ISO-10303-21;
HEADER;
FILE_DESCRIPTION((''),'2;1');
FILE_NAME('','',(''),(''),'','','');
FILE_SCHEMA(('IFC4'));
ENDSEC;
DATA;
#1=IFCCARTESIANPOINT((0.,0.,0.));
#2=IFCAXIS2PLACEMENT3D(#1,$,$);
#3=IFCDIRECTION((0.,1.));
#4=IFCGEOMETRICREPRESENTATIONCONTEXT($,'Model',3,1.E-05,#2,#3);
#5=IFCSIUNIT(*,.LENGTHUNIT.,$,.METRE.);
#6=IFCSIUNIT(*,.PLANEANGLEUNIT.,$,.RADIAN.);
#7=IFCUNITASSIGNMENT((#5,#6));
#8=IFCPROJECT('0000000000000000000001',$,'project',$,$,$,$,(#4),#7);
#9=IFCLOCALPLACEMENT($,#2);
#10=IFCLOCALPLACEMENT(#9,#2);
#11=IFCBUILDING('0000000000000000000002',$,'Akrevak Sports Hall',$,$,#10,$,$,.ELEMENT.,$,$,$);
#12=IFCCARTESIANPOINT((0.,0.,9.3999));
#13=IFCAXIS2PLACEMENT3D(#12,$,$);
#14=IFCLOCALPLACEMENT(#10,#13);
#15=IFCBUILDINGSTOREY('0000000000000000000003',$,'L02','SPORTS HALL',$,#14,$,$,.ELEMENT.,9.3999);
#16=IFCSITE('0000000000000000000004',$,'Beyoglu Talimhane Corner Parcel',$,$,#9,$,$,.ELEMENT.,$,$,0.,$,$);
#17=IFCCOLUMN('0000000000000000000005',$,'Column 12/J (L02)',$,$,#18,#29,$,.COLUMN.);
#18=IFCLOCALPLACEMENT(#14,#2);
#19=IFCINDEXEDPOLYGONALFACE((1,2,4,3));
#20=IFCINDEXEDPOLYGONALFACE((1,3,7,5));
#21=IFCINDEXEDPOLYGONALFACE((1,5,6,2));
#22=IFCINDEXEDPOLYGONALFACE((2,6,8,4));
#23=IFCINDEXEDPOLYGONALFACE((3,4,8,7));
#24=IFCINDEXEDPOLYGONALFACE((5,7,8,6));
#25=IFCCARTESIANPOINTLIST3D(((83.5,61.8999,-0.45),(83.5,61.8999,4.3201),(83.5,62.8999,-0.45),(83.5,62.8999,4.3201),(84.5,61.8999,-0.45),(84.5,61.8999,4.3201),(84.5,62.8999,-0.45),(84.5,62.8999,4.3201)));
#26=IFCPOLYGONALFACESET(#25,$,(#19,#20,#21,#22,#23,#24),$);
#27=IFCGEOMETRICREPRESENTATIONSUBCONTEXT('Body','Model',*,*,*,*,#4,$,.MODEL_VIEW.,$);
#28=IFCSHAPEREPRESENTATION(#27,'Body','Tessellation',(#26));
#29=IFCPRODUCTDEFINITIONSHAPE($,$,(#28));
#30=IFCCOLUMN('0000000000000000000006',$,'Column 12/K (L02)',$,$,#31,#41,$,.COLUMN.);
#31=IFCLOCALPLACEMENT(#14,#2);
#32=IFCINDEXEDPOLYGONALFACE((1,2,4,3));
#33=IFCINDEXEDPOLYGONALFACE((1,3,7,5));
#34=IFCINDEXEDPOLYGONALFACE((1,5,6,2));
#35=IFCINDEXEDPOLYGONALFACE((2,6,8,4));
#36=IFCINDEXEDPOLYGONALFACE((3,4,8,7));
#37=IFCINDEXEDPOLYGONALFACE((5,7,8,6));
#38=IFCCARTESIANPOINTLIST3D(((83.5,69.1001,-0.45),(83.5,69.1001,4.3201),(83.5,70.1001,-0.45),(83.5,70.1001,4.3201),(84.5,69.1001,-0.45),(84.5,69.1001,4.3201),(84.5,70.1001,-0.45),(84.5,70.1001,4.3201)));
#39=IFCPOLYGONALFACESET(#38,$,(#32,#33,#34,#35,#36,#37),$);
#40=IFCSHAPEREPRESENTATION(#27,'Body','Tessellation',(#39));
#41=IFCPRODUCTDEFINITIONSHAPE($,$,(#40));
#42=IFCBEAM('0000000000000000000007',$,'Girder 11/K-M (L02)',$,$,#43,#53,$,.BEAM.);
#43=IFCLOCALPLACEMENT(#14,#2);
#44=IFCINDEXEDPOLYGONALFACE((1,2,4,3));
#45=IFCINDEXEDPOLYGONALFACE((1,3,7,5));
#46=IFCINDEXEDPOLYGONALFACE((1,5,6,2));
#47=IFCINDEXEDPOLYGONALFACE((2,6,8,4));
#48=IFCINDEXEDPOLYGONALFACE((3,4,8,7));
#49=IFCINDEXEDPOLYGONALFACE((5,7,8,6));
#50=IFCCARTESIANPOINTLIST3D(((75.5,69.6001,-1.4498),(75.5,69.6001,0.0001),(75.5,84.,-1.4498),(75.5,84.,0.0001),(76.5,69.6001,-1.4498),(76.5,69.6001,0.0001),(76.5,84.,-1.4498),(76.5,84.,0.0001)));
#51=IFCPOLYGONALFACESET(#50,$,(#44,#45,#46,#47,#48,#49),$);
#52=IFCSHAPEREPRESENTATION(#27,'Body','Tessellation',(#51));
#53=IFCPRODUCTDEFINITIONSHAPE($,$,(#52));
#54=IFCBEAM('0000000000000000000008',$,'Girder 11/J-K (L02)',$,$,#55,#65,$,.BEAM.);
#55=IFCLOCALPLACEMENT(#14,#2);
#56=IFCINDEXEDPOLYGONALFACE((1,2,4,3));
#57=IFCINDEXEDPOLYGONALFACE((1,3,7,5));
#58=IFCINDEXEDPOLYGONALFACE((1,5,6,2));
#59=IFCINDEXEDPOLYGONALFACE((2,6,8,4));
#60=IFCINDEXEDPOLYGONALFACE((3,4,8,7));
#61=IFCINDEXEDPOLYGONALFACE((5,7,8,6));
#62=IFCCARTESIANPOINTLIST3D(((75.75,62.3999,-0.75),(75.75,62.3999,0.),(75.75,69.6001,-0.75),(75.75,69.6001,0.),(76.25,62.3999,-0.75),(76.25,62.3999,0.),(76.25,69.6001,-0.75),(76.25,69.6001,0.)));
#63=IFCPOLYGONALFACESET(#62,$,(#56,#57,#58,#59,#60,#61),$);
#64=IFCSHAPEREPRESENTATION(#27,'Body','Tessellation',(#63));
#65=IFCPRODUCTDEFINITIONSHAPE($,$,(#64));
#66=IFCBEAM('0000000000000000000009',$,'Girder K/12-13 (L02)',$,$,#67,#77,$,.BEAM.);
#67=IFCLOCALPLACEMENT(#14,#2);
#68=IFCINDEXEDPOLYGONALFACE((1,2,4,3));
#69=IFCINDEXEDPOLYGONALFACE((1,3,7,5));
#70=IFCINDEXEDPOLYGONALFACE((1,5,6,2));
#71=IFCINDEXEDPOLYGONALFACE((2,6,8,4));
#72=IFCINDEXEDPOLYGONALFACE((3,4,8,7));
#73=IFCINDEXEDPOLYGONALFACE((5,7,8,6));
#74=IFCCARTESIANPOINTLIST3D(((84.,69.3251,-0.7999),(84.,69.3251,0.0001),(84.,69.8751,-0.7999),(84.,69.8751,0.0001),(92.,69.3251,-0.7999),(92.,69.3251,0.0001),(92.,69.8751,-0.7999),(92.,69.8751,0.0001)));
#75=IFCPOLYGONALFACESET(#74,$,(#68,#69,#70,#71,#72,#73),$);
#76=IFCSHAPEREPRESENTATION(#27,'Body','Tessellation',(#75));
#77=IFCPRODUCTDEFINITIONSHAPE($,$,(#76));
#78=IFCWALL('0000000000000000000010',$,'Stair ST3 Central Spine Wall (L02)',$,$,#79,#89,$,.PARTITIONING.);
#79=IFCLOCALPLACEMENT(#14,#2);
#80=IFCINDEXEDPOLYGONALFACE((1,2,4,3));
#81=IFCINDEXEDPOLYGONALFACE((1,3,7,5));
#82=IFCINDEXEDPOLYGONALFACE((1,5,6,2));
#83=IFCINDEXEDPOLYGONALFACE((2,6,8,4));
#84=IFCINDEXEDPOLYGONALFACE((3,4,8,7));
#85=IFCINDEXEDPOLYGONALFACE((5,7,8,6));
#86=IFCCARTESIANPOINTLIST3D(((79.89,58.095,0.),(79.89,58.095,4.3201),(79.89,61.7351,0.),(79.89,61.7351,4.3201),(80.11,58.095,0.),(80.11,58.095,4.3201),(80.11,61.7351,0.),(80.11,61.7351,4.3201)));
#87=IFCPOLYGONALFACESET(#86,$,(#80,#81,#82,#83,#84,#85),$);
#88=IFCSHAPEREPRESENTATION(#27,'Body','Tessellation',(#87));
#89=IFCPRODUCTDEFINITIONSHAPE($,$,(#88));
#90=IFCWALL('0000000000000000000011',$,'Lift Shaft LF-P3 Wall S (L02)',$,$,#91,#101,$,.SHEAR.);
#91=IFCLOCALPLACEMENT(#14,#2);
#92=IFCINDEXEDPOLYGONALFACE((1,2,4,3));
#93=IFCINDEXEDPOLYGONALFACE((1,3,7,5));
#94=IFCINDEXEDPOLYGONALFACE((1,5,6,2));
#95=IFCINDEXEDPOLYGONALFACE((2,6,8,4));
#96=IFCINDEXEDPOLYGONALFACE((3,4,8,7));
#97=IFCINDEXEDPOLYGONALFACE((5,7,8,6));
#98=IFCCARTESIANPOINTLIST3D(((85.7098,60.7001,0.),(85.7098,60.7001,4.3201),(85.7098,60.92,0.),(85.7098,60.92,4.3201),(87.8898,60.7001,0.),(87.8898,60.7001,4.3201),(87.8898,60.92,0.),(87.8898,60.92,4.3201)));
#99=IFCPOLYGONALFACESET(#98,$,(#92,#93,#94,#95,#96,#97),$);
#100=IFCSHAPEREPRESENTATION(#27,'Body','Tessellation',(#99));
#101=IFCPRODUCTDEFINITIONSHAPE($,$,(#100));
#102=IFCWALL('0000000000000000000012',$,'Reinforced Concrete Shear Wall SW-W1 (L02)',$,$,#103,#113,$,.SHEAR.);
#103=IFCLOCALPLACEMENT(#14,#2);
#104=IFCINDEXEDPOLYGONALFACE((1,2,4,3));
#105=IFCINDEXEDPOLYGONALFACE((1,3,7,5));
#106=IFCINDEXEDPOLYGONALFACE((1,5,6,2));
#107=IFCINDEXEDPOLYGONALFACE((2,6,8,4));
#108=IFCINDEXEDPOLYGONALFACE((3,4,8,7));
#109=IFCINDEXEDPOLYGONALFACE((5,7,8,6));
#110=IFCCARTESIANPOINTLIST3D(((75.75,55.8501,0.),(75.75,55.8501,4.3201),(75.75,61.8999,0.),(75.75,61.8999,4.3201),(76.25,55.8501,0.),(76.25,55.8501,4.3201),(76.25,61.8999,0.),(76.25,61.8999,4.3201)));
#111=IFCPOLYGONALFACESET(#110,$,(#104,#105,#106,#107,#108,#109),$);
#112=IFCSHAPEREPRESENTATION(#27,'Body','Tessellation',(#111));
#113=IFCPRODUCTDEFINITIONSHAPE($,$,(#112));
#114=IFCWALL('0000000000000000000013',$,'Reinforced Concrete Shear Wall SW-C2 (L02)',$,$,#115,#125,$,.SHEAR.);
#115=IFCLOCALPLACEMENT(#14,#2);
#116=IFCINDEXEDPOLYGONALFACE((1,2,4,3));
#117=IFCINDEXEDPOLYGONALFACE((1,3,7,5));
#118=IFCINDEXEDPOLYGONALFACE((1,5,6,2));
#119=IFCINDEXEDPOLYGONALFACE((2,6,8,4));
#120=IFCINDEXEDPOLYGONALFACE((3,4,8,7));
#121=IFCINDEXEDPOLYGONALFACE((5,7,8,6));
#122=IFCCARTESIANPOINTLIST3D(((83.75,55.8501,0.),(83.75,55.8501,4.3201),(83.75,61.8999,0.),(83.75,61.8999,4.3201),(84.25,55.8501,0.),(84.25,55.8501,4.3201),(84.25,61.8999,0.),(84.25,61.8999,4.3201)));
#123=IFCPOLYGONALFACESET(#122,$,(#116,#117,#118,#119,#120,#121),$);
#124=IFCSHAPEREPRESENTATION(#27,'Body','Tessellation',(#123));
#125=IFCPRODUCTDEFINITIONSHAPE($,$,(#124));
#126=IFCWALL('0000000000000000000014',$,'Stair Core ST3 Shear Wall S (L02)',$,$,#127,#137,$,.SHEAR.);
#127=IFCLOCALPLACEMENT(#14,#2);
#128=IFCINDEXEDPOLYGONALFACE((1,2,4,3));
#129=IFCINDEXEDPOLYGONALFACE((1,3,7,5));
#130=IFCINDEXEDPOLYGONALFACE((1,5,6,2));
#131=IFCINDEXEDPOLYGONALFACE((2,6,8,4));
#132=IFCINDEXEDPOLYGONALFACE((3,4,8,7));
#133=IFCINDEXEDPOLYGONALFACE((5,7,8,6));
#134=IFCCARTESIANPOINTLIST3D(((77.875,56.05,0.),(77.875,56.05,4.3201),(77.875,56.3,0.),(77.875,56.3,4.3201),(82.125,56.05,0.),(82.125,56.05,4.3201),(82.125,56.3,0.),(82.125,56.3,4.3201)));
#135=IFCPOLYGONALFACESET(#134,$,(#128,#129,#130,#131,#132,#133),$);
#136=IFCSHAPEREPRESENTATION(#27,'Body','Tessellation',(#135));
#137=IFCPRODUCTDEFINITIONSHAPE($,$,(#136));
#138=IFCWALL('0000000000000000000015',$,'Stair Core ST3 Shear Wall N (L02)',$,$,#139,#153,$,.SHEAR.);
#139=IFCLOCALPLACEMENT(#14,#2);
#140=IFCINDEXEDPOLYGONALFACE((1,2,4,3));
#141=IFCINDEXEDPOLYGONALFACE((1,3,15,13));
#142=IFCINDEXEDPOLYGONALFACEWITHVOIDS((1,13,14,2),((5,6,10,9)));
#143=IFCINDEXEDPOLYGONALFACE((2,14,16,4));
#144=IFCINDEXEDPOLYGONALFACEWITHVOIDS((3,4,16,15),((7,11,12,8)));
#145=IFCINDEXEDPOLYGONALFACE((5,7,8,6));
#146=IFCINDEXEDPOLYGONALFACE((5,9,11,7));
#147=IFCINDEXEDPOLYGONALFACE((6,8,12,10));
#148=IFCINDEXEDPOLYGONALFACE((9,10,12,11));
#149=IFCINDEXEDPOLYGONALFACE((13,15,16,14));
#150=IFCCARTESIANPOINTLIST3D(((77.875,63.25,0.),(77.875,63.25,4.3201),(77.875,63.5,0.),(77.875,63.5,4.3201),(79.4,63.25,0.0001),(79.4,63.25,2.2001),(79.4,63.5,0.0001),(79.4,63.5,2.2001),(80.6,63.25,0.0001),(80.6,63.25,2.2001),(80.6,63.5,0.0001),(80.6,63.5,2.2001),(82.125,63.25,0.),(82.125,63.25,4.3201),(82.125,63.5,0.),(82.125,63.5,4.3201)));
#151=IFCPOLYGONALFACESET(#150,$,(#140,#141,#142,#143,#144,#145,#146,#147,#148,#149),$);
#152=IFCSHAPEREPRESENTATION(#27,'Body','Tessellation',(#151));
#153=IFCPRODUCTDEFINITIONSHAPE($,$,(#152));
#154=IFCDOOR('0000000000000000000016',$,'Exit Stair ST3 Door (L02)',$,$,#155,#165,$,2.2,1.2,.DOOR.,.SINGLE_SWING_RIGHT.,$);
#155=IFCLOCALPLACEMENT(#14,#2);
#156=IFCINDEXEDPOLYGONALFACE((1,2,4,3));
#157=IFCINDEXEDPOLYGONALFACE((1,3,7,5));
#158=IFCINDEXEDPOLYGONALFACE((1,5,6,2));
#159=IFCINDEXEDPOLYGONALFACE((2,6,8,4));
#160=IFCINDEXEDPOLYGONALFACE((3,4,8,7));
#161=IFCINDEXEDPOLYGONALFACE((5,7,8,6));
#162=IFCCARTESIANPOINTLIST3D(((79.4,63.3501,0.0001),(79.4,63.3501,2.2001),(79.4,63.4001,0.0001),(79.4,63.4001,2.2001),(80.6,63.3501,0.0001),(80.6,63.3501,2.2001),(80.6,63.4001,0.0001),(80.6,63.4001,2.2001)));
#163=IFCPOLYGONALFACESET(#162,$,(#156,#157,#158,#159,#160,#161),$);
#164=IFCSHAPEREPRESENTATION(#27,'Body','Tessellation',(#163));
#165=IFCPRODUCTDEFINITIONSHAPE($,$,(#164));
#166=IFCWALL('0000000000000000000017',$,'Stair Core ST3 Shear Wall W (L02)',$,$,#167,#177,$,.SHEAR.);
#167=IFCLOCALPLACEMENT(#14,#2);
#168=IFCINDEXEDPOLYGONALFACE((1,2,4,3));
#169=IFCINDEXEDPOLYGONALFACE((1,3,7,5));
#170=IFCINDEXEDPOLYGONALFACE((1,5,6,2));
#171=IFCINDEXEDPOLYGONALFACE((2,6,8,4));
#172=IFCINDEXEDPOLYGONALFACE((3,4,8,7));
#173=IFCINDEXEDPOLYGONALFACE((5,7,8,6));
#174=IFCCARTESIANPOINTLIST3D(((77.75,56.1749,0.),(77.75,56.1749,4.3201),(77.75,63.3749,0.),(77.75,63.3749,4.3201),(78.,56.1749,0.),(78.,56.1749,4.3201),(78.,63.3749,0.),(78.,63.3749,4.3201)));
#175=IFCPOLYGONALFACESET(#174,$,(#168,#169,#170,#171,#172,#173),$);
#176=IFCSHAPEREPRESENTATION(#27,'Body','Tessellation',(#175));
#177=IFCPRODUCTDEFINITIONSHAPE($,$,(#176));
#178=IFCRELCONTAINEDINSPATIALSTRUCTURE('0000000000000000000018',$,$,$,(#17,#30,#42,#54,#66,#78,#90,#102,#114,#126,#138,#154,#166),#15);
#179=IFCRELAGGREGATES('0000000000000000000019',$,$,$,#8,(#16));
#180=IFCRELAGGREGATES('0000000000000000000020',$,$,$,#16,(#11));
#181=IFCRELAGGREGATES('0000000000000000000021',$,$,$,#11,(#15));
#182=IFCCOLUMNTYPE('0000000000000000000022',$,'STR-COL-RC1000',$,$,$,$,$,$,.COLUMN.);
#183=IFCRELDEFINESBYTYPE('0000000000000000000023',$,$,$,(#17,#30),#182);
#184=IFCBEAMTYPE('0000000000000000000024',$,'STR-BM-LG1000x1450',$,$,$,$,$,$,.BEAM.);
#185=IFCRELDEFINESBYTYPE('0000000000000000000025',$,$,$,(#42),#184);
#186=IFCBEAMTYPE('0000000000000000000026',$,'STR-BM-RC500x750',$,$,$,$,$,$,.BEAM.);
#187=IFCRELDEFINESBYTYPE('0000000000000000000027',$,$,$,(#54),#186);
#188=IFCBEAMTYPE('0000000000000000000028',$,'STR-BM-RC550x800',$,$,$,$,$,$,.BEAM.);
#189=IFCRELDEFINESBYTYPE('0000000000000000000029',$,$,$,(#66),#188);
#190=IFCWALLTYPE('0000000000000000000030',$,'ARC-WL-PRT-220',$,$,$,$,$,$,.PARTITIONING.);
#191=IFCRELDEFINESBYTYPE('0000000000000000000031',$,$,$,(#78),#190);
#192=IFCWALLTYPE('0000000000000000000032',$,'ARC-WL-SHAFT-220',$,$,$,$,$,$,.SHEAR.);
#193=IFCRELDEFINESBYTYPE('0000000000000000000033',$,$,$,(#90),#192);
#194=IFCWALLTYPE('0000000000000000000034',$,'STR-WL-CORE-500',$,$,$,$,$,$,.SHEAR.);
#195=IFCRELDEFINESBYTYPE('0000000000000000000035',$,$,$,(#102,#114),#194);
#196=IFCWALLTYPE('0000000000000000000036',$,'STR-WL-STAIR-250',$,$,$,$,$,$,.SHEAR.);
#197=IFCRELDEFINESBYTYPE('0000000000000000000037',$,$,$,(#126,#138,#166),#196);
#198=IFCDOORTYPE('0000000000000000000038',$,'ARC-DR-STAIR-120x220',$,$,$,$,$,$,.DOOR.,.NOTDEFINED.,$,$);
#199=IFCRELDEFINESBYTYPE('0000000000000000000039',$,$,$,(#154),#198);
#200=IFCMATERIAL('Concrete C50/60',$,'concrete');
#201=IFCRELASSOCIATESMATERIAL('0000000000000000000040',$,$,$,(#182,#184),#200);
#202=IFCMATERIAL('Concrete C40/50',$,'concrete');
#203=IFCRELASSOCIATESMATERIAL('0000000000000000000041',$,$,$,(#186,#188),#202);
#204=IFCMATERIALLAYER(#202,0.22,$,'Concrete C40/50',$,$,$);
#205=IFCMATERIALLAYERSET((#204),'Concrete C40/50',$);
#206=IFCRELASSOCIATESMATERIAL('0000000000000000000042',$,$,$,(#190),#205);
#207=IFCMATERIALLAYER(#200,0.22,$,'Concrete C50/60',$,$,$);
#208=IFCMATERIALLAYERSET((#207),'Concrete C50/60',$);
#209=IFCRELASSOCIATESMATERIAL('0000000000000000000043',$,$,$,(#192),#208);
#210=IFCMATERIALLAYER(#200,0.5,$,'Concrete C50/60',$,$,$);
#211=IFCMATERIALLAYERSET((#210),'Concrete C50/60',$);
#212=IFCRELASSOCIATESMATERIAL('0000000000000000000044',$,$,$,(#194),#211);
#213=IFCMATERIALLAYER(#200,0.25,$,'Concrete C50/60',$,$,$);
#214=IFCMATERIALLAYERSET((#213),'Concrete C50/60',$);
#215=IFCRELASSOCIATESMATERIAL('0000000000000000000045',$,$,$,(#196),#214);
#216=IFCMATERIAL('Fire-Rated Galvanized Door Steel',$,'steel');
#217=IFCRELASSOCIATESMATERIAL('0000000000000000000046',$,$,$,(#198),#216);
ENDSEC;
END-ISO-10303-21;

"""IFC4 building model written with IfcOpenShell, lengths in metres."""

from ifc_helpers import new_model, si_unit, direction, frame, frame_2d, origin, origin_2d, place, context, subcontext, project, spatial, rectangle, extrude, material, layer, layer_set, material_profile, profile_set, type_object, element, fill, save


model = new_model("IFC4")

# Units and contexts
model_context = context("Model", 3, precision=1e-05, world=origin(), true_north=direction((0.0, 1.0)))
body_context = subcontext(model_context, "Body", "Model", "MODEL_VIEW")
ifc_project = project(units=[si_unit("LENGTHUNIT", "METRE"), si_unit("PLANEANGLEUNIT", "RADIAN")], contexts=[model_context])

# Site, building, storey
site_placement = place(None, origin())
site = spatial("IfcSite", under=ifc_project, at=site_placement, Name="Beyoglu Talimhane Corner Parcel", CompositionType="ELEMENT", RefElevation=0.0)
building_placement = place(site_placement, origin())
building = spatial("IfcBuilding", under=site, at=building_placement, Name="Akrevak Sports Hall", CompositionType="ELEMENT")
storey_placement = place(building_placement, frame((0.0, 0.0, 9.3999)))
storey = spatial("IfcBuildingStorey", under=building, at=storey_placement, Name="L02", Description="SPORTS HALL", CompositionType="ELEMENT", Elevation=9.3999)

# Columns
ifc_material_1 = material(Name="Concrete C50/60", Category="concrete")
ifc_material_profile_1 = material_profile(ifc_material_1, rectangle(XDim=1.0, YDim=1.0, at=origin_2d()), Name="RC 1000x1000", Category="concrete")
ifc_profile_set_1 = profile_set([ifc_material_profile_1], Name="Concrete C50/60")
column_type = type_object("IfcColumnType", Name="STR-COL-RC1000", PredefinedType="COLUMN", material=ifc_profile_set_1)
for number, where, z_axis, x_axis, name in (
    (1, (84.0, 62.3999, -0.45), (0.0, 0.0, 1.0), (1.0, 0.0, 0.0), "Column 12/J (L02)"),
    (2, (84.0, 69.6001, -0.45), (0.0, 0.0, 1.0), (1.0, 0.0, 0.0), "Column 12/K (L02)"),
):
    element("IfcColumn", number, at=place(storey_placement, frame(where, z_axis=z_axis, x_axis=x_axis)), inside=storey, type_object=column_type, Name=name, PredefinedType="COLUMN", context=body_context, shape_type="SweptSolid", body=[
        extrude(rectangle(XDim=1.0, YDim=1.0, at=origin_2d()), origin(), (0.0, 0.0, 1.0), 4.77),
    ])

# Beams
ifc_material_profile_2 = material_profile(ifc_material_1, rectangle(XDim=1.0, YDim=1.45, at=origin_2d()), Name="BM 1000x1450", Category="concrete")
ifc_profile_set_2 = profile_set([ifc_material_profile_2], Name="Concrete C50/60")
beam_type_1 = type_object("IfcBeamType", Name="STR-BM-LG1000x1450", PredefinedType="BEAM", material=ifc_profile_set_2)
beam_1_placement = place(storey_placement, frame((76.0, 69.6001, -0.7249), z_axis=(0.0, 1.0, 0.0), x_axis=(-1.0, 0.0, 0.0)))
element("IfcBeam", 3, at=beam_1_placement, inside=storey, type_object=beam_type_1, Name="Girder 11/K-M (L02)", PredefinedType="BEAM", context=body_context, shape_type="SweptSolid", body=[
    extrude(rectangle(XDim=1.0, YDim=1.45, at=origin_2d()), origin(), (0.0, 0.0, 1.0), 14.3999),
])
ifc_material_2 = material(Name="Concrete C40/50", Category="concrete")
ifc_material_profile_3 = material_profile(ifc_material_2, rectangle(XDim=0.5, YDim=0.75, at=origin_2d()), Name="BM 500x750", Category="concrete")
ifc_profile_set_3 = profile_set([ifc_material_profile_3], Name="Concrete C40/50")
beam_type_2 = type_object("IfcBeamType", Name="STR-BM-RC500x750", PredefinedType="BEAM", material=ifc_profile_set_3)
beam_2_placement = place(storey_placement, frame((76.0, 62.3999, -0.375), z_axis=(0.0, 1.0, 0.0), x_axis=(-1.0, 0.0, 0.0)))
element("IfcBeam", 4, at=beam_2_placement, inside=storey, type_object=beam_type_2, Name="Girder 11/J-K (L02)", PredefinedType="BEAM", context=body_context, shape_type="SweptSolid", body=[
    extrude(rectangle(XDim=0.5, YDim=0.75, at=origin_2d()), origin(), (0.0, 0.0, 1.0), 7.2002),
])
ifc_material_profile_4 = material_profile(ifc_material_2, rectangle(XDim=0.55, YDim=0.8, at=origin_2d()), Name="BM 550x800", Category="concrete")
ifc_profile_set_4 = profile_set([ifc_material_profile_4], Name="Concrete C40/50")
beam_type_3 = type_object("IfcBeamType", Name="STR-BM-RC550x800", PredefinedType="BEAM", material=ifc_profile_set_4)
beam_3_placement = place(storey_placement, frame((84.0, 69.6001, -0.3999), z_axis=(1.0, 0.0, 0.0), x_axis=(0.0, 1.0, 0.0)))
element("IfcBeam", 5, at=beam_3_placement, inside=storey, type_object=beam_type_3, Name="Girder K/12-13 (L02)", PredefinedType="BEAM", context=body_context, shape_type="SweptSolid", body=[
    extrude(rectangle(XDim=0.55, YDim=0.8, at=origin_2d()), origin(), (0.0, 0.0, 1.0), 8.0),
])

# Walls
ifc_layer_1 = layer(ifc_material_2, 0.22, Name="Concrete C40/50")
ifc_layer_set_1 = layer_set([ifc_layer_1], Name="Concrete C40/50")
wall_type_1 = type_object("IfcWallType", Name="ARC-WL-PRT-220", PredefinedType="PARTITIONING", material=ifc_layer_set_1)
wall_1_placement = place(storey_placement, frame((80.0, 58.095, 0.0), z_axis=(0.0, 0.0, 1.0), x_axis=(0.0, 1.0, 0.0)))
element("IfcWall", 6, at=wall_1_placement, inside=storey, type_object=wall_type_1, Name="Stair ST3 Central Spine Wall (L02)", PredefinedType="PARTITIONING", context=body_context, shape_type="SweptSolid", body=[
    extrude(rectangle(XDim=3.6401, YDim=0.22, at=frame_2d((1.8201, 0.0))), origin(), (0.0, 0.0, 1.0), 4.3201),
])
ifc_layer_2 = layer(ifc_material_1, 0.22, Name="Concrete C50/60")
ifc_layer_set_2 = layer_set([ifc_layer_2], Name="Concrete C50/60")
wall_type_2 = type_object("IfcWallType", Name="ARC-WL-SHAFT-220", PredefinedType="SHEAR", material=ifc_layer_set_2)
wall_2_placement = place(storey_placement, frame((85.71, 60.8101, 0.0), z_axis=(0.0, 0.0, 1.0), x_axis=(1.0, 0.0, 0.0)))
element("IfcWall", 7, at=wall_2_placement, inside=storey, type_object=wall_type_2, Name="Lift Shaft LF-P3 Wall S (L02)", PredefinedType="SHEAR", context=body_context, shape_type="SweptSolid", body=[
    extrude(rectangle(XDim=2.1799, YDim=0.22, at=frame_2d((1.0898, 0.0))), origin(), (0.0, 0.0, 1.0), 4.3201),
])
ifc_layer_3 = layer(ifc_material_1, 0.5, Name="Concrete C50/60")
ifc_layer_set_3 = layer_set([ifc_layer_3], Name="Concrete C50/60")
wall_type_3 = type_object("IfcWallType", Name="STR-WL-CORE-500", PredefinedType="SHEAR", material=ifc_layer_set_3)
for number, where, z_axis, x_axis, name in (
    (8, (76.0, 55.8501, 0.0), (0.0, 0.0, 1.0), (0.0, 1.0, 0.0), "Reinforced Concrete Shear Wall SW-W1 (L02)"),
    (9, (84.0, 55.8501, 0.0), (0.0, 0.0, 1.0), (0.0, 1.0, 0.0), "Reinforced Concrete Shear Wall SW-C2 (L02)"),
):
    element("IfcWall", number, at=place(storey_placement, frame(where, z_axis=z_axis, x_axis=x_axis)), inside=storey, type_object=wall_type_3, Name=name, PredefinedType="SHEAR", context=body_context, shape_type="SweptSolid", body=[
        extrude(rectangle(XDim=6.0498, YDim=0.5, at=frame_2d((3.0249, 0.0))), origin(), (0.0, 0.0, 1.0), 4.3201),
    ])
ifc_layer_4 = layer(ifc_material_1, 0.25, Name="Concrete C50/60")
ifc_layer_set_4 = layer_set([ifc_layer_4], Name="Concrete C50/60")
wall_type_4 = type_object("IfcWallType", Name="STR-WL-STAIR-250", PredefinedType="SHEAR", material=ifc_layer_set_4)
wall_3_placement = place(storey_placement, frame((77.875, 56.175, 0.0), z_axis=(0.0, 0.0, 1.0), x_axis=(1.0, 0.0, 0.0)))
element("IfcWall", 10, at=wall_3_placement, inside=storey, type_object=wall_type_4, Name="Stair Core ST3 Shear Wall S (L02)", PredefinedType="SHEAR", context=body_context, shape_type="SweptSolid", body=[
    extrude(rectangle(XDim=4.25, YDim=0.25, at=frame_2d((2.125, 0.0))), origin(), (0.0, 0.0, 1.0), 4.3201),
])

# Wall, opening, door
wall_4_placement = place(storey_placement, frame((82.125, 63.375, 0.0), z_axis=(0.0, 0.0, 1.0), x_axis=(-1.0, 0.0, 0.0)))
wall_4 = element("IfcWall", 11, at=wall_4_placement, inside=storey, type_object=wall_type_4, Name="Stair Core ST3 Shear Wall N (L02)", PredefinedType="SHEAR", context=body_context, shape_type="SweptSolid", body=[
    extrude(rectangle(XDim=4.25, YDim=0.25, at=frame_2d((2.125, 0.0))), origin(), (0.0, 0.0, 1.0), 4.3201),
])
opening_placement = place(wall_4_placement, frame((1.5249, 0.0, 0.0)))
opening = element("IfcOpeningElement", 12, at=opening_placement, cuts=wall_4, PredefinedType="OPENING", context=body_context, shape_type="SweptSolid", body=[
    extrude(rectangle(XDim=1.2, YDim=2.2, at=frame_2d((0.6001, 1.1001))), frame((0.0, 0.137, 0.0), z_axis=(0.0, -1.0, 0.0), x_axis=(1.0, 0.0, 0.0)), (0.0, 0.0, 1.0), 0.2739),
])
ifc_material_3 = material(Name="Fire-Rated Galvanized Door Steel", Category="steel")
door_type = type_object("IfcDoorType", Name="ARC-DR-STAIR-120x220", OperationType="NOTDEFINED", PredefinedType="DOOR", material=ifc_material_3)
door_placement = place(opening_placement, origin())
door = element("IfcDoor", 13, at=door_placement, inside=storey, type_object=door_type, Name="Exit Stair ST3 Door (L02)", OperationType="SINGLE_SWING_RIGHT", OverallHeight=2.2, OverallWidth=1.2, PredefinedType="DOOR", context=body_context, shape_type="SweptSolid", body=[
    extrude(rectangle(XDim=1.2, YDim=2.2, at=frame_2d((0.6001, 1.1001))), frame((0.0, 0.0249, 0.0), z_axis=(0.0, -1.0, 0.0), x_axis=(1.0, 0.0, 0.0)), (0.0, 0.0, 1.0), 0.05),
])
fill(opening, door)

# Wall
for number, where, z_axis, x_axis, name in (
    (14, (77.875, 63.375, 0.0), (0.0, 0.0, 1.0), (0.0, -1.0, 0.0), "Stair Core ST3 Shear Wall W (L02)"),
):
    element("IfcWall", number, at=place(storey_placement, frame(where, z_axis=z_axis, x_axis=x_axis)), inside=storey, type_object=wall_type_4, Name=name, PredefinedType="SHEAR", context=body_context, shape_type="SweptSolid", body=[
        extrude(rectangle(XDim=7.2, YDim=0.25, at=frame_2d((3.6001, 0.0))), origin(), (0.0, 0.0, 1.0), 4.3201),
    ])

save(model, "model.ifc")
